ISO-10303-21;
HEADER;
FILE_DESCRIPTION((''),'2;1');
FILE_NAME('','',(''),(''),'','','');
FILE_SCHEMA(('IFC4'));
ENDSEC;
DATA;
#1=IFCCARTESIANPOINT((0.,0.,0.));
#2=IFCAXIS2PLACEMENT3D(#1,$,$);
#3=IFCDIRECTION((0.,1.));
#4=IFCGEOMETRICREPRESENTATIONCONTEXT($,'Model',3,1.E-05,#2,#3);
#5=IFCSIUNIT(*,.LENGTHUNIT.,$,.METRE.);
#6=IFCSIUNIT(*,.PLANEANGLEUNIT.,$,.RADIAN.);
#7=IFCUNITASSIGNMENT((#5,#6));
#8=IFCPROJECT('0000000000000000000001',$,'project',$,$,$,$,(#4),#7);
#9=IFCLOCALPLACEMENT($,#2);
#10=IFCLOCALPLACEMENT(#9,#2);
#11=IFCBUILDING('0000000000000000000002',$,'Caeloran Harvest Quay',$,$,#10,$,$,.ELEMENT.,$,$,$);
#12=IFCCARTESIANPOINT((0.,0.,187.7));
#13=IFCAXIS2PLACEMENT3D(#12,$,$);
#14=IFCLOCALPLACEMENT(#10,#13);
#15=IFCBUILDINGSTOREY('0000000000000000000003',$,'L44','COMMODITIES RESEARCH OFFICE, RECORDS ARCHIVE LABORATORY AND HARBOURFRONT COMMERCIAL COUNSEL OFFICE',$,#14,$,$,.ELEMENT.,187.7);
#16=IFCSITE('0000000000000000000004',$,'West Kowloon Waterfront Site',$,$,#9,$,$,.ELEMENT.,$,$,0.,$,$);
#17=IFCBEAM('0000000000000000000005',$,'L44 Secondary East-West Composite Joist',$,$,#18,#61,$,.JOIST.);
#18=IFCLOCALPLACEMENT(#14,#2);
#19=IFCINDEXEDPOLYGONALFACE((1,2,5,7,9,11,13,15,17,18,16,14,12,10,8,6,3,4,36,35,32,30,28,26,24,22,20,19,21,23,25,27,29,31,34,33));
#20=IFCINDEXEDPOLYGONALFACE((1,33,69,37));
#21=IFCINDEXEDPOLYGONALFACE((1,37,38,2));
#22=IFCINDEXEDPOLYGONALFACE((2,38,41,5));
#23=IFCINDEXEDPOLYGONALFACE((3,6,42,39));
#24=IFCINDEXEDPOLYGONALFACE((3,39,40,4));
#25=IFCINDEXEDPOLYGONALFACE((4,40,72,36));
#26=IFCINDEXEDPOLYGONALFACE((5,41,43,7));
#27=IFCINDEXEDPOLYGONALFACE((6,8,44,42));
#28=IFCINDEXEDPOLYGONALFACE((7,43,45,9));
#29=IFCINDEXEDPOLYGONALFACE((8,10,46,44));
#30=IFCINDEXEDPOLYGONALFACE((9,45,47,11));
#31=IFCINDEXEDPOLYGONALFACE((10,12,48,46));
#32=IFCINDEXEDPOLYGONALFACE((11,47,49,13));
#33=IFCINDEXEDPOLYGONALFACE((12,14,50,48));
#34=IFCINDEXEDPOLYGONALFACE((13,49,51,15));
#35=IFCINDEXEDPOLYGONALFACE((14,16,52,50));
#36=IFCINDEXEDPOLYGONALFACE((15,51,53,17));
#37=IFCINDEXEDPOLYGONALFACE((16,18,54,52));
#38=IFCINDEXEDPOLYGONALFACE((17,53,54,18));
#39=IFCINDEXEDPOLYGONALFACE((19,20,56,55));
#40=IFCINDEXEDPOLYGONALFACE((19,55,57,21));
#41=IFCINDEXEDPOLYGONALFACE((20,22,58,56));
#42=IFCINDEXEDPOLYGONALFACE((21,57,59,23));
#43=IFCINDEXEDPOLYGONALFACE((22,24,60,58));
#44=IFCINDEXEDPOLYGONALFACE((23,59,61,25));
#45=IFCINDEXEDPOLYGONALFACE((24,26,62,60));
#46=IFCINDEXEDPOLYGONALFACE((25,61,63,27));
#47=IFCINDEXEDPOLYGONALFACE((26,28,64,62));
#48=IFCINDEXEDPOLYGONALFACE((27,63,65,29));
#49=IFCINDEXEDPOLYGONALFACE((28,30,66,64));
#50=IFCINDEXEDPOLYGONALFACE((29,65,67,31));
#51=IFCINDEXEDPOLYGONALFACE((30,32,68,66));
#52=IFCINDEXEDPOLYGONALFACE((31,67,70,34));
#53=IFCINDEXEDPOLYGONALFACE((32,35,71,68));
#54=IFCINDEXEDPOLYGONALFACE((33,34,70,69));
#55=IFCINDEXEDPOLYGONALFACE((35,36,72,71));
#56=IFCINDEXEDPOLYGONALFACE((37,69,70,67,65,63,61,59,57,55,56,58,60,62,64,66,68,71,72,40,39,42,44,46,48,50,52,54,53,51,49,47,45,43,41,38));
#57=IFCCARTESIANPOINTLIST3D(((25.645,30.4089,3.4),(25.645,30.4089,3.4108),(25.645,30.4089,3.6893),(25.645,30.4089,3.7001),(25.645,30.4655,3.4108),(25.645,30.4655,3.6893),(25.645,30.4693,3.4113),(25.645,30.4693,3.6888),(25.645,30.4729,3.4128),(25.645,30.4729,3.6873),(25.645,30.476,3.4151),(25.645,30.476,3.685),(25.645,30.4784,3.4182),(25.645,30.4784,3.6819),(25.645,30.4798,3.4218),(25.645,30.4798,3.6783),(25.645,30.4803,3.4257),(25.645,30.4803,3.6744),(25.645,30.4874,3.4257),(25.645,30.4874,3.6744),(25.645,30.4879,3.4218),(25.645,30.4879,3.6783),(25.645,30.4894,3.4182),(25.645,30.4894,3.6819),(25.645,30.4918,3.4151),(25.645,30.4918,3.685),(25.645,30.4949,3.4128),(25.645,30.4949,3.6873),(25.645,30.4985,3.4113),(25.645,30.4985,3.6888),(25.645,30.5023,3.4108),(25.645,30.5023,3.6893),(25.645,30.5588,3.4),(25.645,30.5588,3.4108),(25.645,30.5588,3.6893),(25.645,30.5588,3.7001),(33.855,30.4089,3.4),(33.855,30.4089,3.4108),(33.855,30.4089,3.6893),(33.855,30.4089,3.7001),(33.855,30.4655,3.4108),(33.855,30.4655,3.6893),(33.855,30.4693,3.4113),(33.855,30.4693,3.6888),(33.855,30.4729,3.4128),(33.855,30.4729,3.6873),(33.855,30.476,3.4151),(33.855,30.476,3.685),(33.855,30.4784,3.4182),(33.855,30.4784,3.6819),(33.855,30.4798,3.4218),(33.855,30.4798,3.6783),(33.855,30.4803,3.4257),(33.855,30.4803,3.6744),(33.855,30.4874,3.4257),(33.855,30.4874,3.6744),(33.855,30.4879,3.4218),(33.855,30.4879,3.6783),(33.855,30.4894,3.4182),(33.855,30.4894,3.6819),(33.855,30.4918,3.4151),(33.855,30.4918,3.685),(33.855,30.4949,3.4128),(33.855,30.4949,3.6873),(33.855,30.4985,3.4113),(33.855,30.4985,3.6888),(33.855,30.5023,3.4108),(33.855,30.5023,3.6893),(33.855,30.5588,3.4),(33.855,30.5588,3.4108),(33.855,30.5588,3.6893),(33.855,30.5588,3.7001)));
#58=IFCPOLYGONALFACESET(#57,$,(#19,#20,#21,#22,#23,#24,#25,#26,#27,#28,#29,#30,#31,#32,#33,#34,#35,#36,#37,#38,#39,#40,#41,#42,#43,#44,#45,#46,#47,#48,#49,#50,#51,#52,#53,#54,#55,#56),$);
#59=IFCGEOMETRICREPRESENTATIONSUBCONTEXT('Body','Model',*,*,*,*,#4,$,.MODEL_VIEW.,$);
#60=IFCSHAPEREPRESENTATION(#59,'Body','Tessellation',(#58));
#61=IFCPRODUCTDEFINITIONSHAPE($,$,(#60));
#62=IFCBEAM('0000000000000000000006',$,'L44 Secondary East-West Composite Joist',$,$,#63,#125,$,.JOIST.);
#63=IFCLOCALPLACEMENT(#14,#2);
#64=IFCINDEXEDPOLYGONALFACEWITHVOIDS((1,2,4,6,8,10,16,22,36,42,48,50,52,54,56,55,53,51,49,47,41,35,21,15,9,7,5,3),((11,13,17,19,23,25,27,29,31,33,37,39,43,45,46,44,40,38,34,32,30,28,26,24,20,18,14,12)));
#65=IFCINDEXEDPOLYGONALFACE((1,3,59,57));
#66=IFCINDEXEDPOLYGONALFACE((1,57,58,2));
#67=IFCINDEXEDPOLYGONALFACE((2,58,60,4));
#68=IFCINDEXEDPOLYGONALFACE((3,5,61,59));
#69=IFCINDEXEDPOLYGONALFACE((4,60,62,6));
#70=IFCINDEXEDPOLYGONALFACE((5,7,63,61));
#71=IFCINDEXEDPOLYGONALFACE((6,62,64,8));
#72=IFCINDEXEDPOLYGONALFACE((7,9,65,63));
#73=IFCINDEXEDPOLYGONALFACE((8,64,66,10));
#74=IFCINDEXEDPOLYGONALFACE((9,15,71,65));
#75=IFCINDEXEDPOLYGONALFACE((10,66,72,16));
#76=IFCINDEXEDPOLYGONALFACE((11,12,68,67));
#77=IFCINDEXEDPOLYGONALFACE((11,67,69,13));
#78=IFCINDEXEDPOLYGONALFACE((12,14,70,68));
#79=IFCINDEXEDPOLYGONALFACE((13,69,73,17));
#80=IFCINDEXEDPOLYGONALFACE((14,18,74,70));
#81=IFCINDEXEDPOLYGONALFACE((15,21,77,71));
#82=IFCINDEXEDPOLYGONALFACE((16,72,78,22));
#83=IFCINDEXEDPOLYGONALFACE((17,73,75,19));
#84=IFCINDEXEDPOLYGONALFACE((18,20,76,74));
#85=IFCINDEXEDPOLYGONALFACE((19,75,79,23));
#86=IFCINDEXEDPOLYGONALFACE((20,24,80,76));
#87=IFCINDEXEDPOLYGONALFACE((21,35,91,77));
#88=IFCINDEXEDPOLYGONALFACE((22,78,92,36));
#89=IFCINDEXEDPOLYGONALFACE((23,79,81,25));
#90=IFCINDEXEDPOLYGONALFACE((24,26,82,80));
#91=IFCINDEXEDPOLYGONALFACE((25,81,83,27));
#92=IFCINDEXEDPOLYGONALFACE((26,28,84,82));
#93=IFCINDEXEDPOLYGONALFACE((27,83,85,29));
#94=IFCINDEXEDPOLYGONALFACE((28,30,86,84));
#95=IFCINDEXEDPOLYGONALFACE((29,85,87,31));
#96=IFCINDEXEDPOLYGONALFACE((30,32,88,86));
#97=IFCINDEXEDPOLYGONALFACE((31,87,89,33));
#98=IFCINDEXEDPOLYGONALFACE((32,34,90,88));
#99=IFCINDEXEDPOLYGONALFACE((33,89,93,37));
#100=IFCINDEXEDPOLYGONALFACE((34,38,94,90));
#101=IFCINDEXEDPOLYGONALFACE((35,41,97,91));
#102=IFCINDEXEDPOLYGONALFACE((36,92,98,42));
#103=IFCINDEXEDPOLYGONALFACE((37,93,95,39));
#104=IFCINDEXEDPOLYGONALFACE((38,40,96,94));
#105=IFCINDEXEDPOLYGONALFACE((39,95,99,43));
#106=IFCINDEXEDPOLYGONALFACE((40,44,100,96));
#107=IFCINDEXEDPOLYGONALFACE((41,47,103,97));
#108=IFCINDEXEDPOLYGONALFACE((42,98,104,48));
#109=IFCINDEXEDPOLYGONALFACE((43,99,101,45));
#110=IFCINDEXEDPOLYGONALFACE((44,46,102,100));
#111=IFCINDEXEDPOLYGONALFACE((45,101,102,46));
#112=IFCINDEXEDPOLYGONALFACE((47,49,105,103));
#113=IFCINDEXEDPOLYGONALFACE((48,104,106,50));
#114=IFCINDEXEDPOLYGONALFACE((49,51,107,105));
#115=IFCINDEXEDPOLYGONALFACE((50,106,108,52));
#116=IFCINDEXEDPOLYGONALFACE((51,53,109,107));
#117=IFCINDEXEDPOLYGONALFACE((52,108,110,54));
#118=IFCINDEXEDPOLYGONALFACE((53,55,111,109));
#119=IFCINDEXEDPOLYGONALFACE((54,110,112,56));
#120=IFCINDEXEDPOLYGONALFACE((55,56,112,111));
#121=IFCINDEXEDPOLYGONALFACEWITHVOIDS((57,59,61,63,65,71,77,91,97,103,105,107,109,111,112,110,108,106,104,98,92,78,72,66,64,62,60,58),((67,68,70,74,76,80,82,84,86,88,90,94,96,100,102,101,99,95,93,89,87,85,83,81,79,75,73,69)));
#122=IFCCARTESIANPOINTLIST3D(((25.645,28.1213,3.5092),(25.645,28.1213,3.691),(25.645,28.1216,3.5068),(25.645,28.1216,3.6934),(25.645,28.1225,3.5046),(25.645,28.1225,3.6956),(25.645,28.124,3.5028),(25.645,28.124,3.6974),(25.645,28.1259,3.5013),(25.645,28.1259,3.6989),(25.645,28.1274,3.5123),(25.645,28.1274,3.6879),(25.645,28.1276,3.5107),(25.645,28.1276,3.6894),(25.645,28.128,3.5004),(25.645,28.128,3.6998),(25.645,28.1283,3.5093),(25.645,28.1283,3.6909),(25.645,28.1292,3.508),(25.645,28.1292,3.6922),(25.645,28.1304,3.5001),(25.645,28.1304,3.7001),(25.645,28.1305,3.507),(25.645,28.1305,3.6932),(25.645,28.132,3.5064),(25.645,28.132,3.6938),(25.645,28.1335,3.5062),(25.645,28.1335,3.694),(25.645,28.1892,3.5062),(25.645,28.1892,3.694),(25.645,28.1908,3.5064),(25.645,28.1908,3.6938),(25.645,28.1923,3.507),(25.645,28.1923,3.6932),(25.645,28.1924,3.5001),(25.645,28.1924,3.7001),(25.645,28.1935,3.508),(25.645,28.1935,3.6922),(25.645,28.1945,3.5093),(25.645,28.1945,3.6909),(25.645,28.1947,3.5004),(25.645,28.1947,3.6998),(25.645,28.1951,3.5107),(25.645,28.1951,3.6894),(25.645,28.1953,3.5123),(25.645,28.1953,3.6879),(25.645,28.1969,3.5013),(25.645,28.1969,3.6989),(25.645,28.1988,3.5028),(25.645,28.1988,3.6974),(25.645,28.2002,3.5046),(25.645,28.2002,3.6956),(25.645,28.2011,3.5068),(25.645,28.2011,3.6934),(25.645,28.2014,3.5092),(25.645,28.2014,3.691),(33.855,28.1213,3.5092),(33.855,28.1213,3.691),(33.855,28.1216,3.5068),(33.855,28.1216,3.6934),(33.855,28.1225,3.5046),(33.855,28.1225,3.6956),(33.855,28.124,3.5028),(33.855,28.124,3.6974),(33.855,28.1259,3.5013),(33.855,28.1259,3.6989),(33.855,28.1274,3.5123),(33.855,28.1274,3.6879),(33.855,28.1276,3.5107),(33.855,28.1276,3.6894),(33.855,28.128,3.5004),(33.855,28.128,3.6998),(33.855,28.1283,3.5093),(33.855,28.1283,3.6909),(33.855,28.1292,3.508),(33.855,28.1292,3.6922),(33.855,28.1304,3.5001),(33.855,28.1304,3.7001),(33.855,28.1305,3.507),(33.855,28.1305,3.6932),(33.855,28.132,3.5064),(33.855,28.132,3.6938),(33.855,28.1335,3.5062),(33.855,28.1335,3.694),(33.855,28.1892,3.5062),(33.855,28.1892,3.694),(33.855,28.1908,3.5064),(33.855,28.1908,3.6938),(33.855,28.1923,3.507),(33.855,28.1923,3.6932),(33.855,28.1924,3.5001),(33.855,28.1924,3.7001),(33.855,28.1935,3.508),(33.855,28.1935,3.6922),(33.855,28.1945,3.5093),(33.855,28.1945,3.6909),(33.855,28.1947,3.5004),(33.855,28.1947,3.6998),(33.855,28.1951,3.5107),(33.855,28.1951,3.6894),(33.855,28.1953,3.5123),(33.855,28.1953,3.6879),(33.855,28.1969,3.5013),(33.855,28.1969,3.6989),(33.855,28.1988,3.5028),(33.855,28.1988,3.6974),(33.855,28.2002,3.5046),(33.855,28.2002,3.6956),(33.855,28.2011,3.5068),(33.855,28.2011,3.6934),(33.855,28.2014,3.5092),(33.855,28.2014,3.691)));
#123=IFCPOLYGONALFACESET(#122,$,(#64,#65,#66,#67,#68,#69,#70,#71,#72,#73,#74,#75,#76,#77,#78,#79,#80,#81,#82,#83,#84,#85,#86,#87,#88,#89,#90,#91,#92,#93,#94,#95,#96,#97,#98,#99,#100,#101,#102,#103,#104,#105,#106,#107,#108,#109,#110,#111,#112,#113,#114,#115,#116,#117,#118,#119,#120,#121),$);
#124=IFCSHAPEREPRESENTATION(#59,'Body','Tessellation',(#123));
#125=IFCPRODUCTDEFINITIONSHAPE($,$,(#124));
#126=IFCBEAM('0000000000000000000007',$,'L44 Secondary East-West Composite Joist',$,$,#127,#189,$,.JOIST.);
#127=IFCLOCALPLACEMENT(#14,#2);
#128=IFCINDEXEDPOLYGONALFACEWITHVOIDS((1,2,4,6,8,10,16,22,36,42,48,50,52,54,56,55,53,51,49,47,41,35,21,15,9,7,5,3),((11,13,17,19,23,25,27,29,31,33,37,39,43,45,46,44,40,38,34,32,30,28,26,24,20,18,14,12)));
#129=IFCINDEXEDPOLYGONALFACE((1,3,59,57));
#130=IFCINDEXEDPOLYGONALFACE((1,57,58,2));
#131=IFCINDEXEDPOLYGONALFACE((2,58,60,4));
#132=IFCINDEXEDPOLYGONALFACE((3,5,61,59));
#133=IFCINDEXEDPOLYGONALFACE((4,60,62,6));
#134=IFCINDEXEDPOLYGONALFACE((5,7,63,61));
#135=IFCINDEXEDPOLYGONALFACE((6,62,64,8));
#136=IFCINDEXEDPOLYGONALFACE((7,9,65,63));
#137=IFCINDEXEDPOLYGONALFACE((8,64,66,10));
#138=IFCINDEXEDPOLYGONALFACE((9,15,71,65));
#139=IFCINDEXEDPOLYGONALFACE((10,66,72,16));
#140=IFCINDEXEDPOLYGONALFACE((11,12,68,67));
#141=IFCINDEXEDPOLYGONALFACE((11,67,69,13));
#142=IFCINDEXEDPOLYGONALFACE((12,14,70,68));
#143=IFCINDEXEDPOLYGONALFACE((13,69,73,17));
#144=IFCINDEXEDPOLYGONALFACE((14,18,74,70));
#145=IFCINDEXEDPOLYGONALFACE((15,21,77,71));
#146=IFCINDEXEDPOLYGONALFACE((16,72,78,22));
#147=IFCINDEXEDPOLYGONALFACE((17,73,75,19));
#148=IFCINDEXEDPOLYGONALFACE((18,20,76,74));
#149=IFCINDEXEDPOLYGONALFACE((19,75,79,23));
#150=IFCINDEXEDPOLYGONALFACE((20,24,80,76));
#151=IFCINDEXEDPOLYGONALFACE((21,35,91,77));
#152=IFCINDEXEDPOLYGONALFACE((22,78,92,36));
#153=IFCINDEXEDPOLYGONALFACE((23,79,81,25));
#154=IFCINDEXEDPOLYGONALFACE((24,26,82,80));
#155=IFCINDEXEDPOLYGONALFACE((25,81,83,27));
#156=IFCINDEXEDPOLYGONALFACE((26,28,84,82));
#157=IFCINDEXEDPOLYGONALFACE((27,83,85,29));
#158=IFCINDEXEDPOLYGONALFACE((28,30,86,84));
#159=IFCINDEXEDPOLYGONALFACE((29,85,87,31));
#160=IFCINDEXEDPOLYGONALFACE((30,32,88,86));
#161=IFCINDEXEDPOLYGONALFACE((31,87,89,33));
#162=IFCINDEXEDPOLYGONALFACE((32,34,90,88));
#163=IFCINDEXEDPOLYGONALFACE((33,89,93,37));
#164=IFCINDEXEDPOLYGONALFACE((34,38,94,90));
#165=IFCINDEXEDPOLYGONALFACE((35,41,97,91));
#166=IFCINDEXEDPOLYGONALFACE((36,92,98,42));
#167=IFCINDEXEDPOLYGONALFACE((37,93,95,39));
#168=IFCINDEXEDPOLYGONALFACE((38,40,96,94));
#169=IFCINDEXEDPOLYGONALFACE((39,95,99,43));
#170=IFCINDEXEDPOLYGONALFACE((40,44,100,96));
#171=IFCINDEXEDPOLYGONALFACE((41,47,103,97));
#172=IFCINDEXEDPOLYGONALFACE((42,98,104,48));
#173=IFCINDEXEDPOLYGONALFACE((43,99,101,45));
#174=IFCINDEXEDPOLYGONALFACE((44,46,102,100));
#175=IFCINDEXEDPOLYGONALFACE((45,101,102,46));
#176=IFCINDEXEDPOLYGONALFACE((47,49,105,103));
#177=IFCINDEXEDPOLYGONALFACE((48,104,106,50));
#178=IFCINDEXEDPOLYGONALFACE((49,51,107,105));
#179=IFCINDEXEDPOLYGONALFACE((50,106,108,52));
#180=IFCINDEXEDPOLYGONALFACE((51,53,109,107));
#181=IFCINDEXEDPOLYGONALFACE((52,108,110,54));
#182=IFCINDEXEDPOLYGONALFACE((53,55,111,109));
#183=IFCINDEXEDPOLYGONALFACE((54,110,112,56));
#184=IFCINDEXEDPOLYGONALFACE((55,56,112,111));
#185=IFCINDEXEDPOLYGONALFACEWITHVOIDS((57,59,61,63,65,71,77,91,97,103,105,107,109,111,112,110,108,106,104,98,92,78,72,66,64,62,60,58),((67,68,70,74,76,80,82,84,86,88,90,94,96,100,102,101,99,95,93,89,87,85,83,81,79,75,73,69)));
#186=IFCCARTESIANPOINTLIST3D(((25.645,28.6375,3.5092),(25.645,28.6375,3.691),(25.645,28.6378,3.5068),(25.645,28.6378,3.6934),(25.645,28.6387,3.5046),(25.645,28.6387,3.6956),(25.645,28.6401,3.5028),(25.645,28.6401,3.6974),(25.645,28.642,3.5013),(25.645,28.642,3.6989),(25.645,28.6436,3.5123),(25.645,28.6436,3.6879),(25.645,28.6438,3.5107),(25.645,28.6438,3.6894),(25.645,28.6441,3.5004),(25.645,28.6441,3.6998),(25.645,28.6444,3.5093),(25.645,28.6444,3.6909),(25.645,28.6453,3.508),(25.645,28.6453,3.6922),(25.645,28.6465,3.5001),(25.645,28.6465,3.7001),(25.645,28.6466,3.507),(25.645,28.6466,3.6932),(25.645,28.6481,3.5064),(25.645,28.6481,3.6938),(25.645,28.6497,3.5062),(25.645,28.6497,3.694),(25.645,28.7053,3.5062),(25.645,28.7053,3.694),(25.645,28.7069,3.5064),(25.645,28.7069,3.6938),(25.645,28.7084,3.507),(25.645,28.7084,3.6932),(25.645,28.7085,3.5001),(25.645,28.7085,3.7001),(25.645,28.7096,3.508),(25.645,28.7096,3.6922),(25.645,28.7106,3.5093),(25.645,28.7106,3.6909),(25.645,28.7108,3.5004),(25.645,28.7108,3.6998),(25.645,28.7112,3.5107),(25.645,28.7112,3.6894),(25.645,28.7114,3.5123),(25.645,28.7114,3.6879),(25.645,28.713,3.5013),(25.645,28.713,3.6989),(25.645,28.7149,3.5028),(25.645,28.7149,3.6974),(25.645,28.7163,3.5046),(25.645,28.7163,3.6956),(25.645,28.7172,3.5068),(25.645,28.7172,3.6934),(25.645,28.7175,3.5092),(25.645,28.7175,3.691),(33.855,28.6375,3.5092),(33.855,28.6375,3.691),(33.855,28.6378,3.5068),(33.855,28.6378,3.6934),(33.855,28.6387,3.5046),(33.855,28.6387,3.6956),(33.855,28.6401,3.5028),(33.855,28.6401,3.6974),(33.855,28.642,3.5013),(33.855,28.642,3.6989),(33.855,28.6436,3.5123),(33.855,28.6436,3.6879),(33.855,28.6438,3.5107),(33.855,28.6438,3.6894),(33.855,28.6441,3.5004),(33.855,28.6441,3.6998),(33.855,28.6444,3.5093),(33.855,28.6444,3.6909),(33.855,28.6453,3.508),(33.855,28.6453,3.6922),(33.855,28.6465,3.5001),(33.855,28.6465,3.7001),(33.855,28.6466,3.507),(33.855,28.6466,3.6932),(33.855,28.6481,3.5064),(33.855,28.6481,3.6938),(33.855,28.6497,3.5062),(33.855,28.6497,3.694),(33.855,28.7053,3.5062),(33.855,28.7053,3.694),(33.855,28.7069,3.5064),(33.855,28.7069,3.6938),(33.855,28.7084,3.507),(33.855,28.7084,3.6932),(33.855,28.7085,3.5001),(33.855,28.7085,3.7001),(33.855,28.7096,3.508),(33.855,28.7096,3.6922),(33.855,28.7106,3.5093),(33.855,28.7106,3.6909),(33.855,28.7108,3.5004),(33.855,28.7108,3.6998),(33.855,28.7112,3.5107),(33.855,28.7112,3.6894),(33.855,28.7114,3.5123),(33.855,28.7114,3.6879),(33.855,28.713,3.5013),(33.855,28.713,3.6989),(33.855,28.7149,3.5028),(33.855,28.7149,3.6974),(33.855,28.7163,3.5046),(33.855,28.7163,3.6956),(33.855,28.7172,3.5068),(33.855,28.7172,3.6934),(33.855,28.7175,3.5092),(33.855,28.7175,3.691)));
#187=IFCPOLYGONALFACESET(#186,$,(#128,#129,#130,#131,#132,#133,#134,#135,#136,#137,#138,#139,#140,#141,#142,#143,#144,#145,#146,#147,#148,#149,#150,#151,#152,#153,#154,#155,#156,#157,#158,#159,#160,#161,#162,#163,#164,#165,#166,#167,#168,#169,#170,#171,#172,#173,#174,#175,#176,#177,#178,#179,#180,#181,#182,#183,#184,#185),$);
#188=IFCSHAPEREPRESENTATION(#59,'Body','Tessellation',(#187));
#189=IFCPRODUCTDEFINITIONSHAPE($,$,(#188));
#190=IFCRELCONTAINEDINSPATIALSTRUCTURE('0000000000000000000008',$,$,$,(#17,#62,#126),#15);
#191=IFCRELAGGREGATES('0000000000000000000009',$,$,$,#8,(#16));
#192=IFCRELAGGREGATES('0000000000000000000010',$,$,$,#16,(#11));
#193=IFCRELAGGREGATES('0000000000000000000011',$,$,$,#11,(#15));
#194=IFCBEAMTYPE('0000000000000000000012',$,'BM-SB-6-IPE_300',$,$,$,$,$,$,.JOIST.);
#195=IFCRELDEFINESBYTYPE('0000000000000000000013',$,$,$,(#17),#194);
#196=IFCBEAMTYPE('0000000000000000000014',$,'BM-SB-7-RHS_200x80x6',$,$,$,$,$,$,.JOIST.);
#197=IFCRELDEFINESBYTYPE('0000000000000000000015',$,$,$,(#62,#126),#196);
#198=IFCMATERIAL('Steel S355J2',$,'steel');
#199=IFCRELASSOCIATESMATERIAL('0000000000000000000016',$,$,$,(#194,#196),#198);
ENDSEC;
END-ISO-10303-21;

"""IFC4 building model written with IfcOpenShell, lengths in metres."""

from ifc_helpers import new_model, si_unit, direction, frame, origin, origin_2d, place, context, subcontext, project, spatial, hollow_rectangle, i_section, extrude, material, material_profile, profile_set, type_object, element, save


model = new_model("IFC4")

# Units and contexts
model_context = context("Model", 3, precision=1e-05, world=origin(), true_north=direction((0.0, 1.0)))
body_context = subcontext(model_context, "Body", "Model", "MODEL_VIEW")
ifc_project = project(units=[si_unit("LENGTHUNIT", "METRE"), si_unit("PLANEANGLEUNIT", "RADIAN")], contexts=[model_context])

# Site, building, storey
site_placement = place(None, origin())
site = spatial("IfcSite", under=ifc_project, at=site_placement, Name="West Kowloon Waterfront Site", CompositionType="ELEMENT", RefElevation=0.0)
building_placement = place(site_placement, origin())
building = spatial("IfcBuilding", under=site, at=building_placement, Name="Caeloran Harvest Quay", CompositionType="ELEMENT")
storey_placement = place(building_placement, frame((0.0, 0.0, 187.7)))
storey = spatial("IfcBuildingStorey", under=building, at=storey_placement, Name="L44", Description="COMMODITIES RESEARCH OFFICE, RECORDS ARCHIVE LABORATORY AND HARBOURFRONT COMMERCIAL COUNSEL OFFICE", CompositionType="ELEMENT", Elevation=187.7)

# Beams
ifc_material_1 = material(Name="Steel S355J2", Category="steel")
ifc_material_profile_1 = material_profile(ifc_material_1, i_section(OverallWidth=0.1499, OverallDepth=0.3, WebThickness=0.0071, FlangeThickness=0.0107, FilletRadius=0.0149, at=origin_2d()), Name="IPE 300")
ifc_profile_set_1 = profile_set([ifc_material_profile_1], Name="Steel S355J2")
beam_type_1 = type_object("IfcBeamType", Name="BM-SB-6-IPE_300", PredefinedType="JOIST", material=ifc_profile_set_1)
for number, where, z_axis, x_axis, name in (
    (1, (25.645, 30.4839, 3.55), (1.0, 0.0, 0.0), (0.0, 1.0, 0.0), "L44 Secondary East-West Composite Joist"),
):
    element("IfcBeam", number, at=place(storey_placement, frame(where, z_axis=z_axis, x_axis=x_axis)), inside=storey, type_object=beam_type_1, Name=name, PredefinedType="JOIST", context=body_context, shape_type="SweptSolid", body=[
        extrude(i_section(OverallWidth=0.1499, OverallDepth=0.3, WebThickness=0.0071, FlangeThickness=0.0107, FilletRadius=0.0149, at=origin_2d()), origin(), (0.0, 0.0, 1.0), 8.21),
    ])
ifc_material_profile_2 = material_profile(ifc_material_1, hollow_rectangle(XDim=0.0801, YDim=0.2, WallThickness=0.0061, InnerFilletRadius=0.0061, OuterFilletRadius=0.009, at=origin_2d()), Name="RHS 200x80x6")
ifc_profile_set_2 = profile_set([ifc_material_profile_2], Name="Steel S355J2")
beam_type_2 = type_object("IfcBeamType", Name="BM-SB-7-RHS_200x80x6", PredefinedType="JOIST", material=ifc_profile_set_2)
for number, where, z_axis, x_axis, name in (
    (2, (25.645, 28.1614, 3.6001), (1.0, 0.0, 0.0), (0.0, 1.0, 0.0), "L44 Secondary East-West Composite Joist"),
    (3, (25.645, 28.6775, 3.6001), (1.0, 0.0, 0.0), (0.0, 1.0, 0.0), "L44 Secondary East-West Composite Joist"),
):
    element("IfcBeam", number, at=place(storey_placement, frame(where, z_axis=z_axis, x_axis=x_axis)), inside=storey, type_object=beam_type_2, Name=name, PredefinedType="JOIST", context=body_context, shape_type="SweptSolid", body=[
        extrude(hollow_rectangle(XDim=0.0801, YDim=0.2, WallThickness=0.0061, InnerFilletRadius=0.0061, OuterFilletRadius=0.009, at=origin_2d()), origin(), (0.0, 0.0, 1.0), 8.21),
    ])

save(model, "model.ifc")
